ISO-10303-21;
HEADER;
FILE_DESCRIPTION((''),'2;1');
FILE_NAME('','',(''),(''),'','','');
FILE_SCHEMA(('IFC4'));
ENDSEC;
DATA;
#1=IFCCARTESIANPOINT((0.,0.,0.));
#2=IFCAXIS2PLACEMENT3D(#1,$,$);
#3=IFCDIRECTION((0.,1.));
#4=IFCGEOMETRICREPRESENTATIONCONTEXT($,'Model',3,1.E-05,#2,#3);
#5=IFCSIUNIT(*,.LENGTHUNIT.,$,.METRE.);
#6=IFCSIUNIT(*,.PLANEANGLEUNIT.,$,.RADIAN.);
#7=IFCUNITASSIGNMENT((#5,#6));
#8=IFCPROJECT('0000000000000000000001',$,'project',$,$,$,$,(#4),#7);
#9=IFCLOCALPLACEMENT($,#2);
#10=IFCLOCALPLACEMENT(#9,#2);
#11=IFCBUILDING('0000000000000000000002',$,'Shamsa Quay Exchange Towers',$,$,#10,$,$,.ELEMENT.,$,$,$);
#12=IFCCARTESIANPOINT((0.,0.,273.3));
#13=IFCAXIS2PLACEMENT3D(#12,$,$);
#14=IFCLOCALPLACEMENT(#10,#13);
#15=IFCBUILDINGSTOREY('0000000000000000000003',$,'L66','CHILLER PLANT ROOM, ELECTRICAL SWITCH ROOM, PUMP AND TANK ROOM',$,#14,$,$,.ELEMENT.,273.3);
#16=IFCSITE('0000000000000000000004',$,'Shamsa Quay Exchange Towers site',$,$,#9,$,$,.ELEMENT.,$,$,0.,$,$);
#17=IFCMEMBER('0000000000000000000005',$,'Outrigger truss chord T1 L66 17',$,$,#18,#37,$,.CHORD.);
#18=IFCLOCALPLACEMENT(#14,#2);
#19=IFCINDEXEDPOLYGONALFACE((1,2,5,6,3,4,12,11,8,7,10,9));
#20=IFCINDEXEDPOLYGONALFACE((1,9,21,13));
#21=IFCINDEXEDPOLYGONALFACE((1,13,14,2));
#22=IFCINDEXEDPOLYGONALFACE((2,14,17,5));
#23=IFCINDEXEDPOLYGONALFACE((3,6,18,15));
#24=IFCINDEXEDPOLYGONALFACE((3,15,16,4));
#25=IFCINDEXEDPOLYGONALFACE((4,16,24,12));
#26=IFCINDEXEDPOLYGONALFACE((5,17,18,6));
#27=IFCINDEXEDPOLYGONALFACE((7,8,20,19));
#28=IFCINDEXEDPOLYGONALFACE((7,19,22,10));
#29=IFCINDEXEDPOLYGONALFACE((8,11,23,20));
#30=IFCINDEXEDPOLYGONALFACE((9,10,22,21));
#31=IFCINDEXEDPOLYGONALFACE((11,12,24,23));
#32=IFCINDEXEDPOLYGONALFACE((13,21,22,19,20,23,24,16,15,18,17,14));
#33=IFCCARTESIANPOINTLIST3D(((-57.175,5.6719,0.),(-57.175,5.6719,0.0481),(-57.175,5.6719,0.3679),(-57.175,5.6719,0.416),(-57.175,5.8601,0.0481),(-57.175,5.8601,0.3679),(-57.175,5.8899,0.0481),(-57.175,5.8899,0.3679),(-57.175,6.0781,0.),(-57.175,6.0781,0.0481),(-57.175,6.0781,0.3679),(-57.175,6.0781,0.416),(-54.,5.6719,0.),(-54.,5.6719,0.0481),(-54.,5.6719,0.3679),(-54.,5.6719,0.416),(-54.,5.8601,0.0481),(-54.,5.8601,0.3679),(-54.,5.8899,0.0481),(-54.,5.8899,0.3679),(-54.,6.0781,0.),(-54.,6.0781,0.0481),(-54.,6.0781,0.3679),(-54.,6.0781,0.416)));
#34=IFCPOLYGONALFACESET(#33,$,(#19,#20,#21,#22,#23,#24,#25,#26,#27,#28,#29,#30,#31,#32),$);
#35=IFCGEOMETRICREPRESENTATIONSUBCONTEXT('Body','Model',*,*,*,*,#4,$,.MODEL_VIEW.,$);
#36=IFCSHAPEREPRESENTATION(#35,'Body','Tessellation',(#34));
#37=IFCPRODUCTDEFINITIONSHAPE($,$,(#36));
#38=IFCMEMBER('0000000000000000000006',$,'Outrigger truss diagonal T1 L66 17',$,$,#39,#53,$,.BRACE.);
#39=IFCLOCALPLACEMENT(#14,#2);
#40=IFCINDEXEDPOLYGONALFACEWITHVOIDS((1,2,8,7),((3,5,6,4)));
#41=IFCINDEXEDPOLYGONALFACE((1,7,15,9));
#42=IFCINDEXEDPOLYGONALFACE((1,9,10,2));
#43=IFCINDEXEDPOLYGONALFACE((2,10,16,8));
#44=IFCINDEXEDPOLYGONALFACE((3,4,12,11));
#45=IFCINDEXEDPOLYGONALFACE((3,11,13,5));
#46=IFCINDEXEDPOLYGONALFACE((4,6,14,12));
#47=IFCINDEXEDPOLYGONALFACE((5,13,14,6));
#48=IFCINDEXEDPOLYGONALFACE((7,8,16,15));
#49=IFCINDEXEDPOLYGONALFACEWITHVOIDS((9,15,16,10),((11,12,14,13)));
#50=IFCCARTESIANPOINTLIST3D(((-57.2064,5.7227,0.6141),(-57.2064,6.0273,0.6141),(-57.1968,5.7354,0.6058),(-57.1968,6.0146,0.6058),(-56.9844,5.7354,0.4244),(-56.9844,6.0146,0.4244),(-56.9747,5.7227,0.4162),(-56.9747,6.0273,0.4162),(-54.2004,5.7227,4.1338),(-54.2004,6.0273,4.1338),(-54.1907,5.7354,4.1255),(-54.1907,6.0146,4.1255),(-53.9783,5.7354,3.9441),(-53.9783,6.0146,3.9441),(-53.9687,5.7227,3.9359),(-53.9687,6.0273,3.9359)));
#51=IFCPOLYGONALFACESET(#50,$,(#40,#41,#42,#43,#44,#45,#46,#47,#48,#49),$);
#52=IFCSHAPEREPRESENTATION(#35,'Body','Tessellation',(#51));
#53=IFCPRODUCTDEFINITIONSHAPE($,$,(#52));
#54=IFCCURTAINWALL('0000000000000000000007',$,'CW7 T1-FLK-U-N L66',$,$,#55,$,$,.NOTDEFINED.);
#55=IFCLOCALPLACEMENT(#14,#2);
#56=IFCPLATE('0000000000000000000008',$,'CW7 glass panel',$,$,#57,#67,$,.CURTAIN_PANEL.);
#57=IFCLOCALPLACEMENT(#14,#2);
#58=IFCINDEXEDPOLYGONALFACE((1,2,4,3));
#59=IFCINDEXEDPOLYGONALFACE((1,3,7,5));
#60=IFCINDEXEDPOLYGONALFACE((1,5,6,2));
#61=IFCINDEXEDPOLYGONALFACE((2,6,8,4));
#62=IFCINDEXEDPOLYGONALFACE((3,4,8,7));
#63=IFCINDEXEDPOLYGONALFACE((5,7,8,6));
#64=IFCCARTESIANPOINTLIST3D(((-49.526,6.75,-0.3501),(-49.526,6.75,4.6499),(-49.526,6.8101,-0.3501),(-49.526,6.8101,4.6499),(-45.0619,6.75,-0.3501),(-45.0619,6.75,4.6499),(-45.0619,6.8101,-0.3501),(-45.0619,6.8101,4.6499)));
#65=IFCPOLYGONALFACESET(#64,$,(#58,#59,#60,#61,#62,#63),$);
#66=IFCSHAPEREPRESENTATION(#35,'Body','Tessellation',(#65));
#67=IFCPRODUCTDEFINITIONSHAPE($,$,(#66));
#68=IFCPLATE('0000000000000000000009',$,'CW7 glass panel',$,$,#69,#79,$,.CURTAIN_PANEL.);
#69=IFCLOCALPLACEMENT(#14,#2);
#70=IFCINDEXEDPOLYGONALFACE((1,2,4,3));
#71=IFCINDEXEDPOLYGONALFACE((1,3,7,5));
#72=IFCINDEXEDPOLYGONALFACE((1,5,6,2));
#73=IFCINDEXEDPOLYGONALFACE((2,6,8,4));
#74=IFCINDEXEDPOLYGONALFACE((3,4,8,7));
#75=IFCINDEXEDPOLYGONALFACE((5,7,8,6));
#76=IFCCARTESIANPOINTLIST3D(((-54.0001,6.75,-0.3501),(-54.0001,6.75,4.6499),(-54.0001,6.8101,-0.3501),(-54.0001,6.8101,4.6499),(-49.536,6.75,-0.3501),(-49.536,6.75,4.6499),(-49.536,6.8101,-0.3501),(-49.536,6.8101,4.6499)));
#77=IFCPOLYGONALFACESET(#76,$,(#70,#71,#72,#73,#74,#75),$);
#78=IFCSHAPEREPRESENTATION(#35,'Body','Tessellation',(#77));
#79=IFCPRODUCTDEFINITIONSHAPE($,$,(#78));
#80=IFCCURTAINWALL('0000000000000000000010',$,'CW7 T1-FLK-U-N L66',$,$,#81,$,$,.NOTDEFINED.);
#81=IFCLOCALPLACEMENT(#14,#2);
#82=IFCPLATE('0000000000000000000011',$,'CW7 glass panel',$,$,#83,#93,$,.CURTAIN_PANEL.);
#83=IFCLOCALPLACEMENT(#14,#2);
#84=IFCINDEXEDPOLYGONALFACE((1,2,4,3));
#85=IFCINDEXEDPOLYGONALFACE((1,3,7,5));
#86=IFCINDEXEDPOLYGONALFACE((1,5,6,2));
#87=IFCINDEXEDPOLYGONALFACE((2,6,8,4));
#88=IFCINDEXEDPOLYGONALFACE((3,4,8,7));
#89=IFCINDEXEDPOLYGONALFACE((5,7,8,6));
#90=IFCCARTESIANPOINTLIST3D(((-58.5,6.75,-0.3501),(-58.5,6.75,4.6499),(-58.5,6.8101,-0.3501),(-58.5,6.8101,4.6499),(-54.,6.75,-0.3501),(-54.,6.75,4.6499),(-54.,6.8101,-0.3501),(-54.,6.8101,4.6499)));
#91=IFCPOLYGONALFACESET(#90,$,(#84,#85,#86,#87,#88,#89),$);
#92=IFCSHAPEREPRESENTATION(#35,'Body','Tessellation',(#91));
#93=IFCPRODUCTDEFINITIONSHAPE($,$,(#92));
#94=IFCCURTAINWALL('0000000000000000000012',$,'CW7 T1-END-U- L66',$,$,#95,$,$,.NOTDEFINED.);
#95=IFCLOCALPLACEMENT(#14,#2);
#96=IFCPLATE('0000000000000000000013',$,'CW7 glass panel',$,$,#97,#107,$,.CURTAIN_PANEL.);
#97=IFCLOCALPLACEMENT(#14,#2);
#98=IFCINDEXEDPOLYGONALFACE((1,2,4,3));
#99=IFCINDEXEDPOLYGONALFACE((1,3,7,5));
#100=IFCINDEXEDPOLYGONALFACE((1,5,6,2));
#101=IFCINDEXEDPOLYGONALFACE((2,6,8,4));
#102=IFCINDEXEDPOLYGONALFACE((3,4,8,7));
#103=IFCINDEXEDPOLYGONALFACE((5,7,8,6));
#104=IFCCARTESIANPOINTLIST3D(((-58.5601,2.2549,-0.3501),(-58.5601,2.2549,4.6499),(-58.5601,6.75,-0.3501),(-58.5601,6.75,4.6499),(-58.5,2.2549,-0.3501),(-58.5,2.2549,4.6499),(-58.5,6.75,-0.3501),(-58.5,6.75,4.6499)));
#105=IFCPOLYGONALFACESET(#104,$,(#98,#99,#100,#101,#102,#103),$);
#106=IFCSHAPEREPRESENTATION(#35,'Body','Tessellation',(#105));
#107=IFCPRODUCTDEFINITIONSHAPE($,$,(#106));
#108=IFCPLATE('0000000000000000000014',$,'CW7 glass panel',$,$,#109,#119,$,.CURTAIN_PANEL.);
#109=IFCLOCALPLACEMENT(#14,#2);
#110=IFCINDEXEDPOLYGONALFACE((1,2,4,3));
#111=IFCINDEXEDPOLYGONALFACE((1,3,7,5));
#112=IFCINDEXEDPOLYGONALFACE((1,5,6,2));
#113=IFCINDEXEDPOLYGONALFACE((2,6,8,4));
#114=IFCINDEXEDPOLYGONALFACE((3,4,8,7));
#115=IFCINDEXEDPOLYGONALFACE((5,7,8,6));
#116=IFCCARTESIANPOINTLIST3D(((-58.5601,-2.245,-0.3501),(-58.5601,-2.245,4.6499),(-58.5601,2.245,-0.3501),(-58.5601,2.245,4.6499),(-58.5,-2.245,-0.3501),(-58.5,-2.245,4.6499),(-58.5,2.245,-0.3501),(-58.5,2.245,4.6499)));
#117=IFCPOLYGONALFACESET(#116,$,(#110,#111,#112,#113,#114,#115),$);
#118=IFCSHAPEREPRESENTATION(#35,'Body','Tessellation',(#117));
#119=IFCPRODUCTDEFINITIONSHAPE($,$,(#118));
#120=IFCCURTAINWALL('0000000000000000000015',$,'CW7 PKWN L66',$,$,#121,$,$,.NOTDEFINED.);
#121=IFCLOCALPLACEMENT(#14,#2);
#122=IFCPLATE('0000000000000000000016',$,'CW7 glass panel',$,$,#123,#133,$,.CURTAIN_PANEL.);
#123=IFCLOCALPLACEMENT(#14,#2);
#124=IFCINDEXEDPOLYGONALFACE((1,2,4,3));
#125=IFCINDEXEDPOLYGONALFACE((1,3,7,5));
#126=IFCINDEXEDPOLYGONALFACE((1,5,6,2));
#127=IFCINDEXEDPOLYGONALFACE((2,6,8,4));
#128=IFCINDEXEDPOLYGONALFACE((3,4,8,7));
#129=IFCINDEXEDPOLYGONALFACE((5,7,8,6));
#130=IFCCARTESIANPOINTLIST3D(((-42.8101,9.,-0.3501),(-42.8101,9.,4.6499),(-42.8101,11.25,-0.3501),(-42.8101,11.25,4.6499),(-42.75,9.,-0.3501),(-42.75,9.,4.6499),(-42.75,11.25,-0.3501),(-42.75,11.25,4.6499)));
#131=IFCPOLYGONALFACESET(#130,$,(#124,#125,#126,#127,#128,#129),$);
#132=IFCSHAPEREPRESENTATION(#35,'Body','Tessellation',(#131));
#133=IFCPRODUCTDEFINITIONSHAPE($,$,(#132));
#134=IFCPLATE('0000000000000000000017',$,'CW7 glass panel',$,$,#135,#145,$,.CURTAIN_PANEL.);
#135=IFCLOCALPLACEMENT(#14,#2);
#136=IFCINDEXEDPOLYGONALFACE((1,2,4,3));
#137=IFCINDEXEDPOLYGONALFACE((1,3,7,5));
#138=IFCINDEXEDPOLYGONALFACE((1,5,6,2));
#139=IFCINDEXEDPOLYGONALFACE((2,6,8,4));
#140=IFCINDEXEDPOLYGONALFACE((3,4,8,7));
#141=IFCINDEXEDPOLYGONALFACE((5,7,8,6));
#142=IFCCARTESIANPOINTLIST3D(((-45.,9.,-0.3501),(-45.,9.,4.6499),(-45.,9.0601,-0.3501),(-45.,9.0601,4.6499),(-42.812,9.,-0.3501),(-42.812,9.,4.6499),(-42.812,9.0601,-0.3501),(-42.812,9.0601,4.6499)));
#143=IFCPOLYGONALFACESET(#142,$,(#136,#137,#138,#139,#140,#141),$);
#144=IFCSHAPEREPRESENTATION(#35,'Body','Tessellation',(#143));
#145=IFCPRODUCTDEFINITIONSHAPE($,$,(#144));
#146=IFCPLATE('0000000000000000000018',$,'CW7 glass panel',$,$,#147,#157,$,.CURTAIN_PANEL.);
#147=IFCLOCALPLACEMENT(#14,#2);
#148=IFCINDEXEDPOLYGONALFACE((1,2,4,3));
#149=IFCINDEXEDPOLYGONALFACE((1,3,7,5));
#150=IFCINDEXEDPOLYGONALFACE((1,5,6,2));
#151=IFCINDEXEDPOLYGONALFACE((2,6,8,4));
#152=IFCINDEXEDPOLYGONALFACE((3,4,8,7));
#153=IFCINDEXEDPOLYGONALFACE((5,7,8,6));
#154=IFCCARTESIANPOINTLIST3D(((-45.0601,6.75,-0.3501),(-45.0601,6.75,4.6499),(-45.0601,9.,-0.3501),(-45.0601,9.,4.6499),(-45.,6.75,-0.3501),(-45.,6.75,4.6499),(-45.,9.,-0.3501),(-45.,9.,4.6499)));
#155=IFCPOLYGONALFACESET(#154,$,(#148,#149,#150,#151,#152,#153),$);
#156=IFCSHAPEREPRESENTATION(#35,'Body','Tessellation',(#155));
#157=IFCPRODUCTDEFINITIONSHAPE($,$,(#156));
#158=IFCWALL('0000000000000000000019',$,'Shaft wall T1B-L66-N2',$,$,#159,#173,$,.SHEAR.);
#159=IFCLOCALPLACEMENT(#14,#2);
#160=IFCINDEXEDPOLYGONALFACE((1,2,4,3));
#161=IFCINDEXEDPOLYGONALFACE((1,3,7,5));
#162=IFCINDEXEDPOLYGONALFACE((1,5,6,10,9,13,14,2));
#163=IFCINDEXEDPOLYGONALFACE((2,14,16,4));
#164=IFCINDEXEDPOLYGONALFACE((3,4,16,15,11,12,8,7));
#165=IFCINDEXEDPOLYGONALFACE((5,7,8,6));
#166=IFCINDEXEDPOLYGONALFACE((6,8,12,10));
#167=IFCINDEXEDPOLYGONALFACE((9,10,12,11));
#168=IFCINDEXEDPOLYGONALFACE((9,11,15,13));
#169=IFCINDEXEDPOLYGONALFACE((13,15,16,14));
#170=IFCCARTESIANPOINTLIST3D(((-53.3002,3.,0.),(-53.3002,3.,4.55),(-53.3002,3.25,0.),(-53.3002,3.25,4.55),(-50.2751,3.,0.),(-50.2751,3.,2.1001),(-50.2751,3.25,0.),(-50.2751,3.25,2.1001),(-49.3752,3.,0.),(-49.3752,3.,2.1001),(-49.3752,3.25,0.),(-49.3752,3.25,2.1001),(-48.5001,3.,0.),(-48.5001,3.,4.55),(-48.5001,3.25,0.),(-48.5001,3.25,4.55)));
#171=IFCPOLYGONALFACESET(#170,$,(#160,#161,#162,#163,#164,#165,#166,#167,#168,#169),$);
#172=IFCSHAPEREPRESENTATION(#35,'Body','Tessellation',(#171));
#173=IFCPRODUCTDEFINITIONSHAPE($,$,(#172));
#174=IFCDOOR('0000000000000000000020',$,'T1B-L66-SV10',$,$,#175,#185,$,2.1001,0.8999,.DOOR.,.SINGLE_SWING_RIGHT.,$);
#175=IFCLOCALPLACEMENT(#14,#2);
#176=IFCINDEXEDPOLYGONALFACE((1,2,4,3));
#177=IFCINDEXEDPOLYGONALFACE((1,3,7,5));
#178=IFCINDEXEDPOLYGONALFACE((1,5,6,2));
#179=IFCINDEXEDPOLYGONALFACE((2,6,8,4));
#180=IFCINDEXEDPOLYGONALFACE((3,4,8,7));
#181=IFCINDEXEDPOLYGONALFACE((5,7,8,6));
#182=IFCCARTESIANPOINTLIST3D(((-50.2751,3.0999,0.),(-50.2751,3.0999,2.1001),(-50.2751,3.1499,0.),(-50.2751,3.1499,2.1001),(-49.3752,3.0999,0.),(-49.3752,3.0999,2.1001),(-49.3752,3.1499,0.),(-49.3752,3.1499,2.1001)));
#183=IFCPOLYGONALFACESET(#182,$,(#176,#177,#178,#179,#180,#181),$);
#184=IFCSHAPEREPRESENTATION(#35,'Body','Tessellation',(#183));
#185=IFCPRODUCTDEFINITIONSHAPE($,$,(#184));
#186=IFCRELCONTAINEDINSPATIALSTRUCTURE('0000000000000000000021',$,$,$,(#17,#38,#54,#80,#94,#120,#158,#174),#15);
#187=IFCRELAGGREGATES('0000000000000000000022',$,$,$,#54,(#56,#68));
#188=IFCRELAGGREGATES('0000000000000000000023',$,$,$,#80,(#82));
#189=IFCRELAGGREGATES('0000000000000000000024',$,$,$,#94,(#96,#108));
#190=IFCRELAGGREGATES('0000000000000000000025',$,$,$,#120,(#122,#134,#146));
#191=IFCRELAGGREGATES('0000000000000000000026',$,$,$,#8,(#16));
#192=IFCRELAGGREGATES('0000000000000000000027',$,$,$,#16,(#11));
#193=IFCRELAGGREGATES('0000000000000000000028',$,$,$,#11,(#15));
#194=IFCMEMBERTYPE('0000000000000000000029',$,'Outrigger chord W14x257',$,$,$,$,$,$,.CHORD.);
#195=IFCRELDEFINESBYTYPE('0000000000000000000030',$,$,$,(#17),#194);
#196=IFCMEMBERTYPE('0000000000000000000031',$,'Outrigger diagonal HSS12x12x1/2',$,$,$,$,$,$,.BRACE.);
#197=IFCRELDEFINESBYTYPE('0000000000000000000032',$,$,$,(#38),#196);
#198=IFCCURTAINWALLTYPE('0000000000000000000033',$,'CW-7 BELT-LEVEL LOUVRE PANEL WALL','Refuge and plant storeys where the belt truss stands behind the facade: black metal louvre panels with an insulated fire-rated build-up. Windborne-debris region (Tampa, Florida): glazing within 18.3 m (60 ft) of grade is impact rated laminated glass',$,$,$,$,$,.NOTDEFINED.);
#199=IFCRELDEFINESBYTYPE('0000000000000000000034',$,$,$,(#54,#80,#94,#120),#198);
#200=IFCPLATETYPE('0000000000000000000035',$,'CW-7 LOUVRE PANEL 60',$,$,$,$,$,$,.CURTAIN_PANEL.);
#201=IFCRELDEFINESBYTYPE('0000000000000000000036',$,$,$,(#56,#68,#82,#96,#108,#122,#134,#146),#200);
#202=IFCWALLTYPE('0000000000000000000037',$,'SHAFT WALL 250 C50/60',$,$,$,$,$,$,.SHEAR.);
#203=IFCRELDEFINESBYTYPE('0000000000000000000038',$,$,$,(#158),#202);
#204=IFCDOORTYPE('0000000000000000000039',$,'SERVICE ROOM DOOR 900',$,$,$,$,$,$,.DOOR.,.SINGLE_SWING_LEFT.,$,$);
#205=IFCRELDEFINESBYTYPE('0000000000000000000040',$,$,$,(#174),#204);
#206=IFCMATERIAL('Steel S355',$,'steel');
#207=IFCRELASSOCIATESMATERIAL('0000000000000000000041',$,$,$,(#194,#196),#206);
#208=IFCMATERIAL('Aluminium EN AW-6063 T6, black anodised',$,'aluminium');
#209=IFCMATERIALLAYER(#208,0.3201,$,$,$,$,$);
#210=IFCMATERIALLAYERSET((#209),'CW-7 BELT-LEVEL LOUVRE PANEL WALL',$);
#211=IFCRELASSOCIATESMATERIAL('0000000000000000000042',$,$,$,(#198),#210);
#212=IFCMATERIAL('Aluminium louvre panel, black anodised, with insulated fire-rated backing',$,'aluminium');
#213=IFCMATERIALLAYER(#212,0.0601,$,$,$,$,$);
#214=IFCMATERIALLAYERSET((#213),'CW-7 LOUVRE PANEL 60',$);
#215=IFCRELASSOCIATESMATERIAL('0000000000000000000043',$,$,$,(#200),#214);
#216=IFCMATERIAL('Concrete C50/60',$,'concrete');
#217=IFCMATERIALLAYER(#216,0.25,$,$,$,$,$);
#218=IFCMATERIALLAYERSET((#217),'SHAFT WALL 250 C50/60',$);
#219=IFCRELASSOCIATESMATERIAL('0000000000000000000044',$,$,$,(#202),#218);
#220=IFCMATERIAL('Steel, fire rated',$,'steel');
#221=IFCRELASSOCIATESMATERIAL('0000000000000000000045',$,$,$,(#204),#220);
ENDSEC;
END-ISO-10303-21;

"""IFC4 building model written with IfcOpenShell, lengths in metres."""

from ifc_helpers import new_model, si_unit, direction, frame, frame_2d, origin, origin_2d, place, context, subcontext, project, spatial, rectangle, hollow_rectangle, i_section, extrude, material, layer, layer_set, material_profile, profile_set, type_object, element, fill, aggregate, save


model = new_model("IFC4")

# Units and contexts
model_context = context("Model", 3, precision=1e-05, world=origin(), true_north=direction((0.0, 1.0)))
body_context = subcontext(model_context, "Body", "Model", "MODEL_VIEW")
ifc_project = project(units=[si_unit("LENGTHUNIT", "METRE"), si_unit("PLANEANGLEUNIT", "RADIAN")], contexts=[model_context])

# Site, building, storey
site_placement = place(None, origin())
site = spatial("IfcSite", under=ifc_project, at=site_placement, Name="Shamsa Quay Exchange Towers site", CompositionType="ELEMENT", RefElevation=0.0)
building_placement = place(site_placement, origin())
building = spatial("IfcBuilding", under=site, at=building_placement, Name="Shamsa Quay Exchange Towers", CompositionType="ELEMENT")
storey_placement = place(building_placement, frame((0.0, 0.0, 273.3)))
storey = spatial("IfcBuildingStorey", under=building, at=storey_placement, Name="L66", Description="CHILLER PLANT ROOM, ELECTRICAL SWITCH ROOM, PUMP AND TANK ROOM", CompositionType="ELEMENT", Elevation=273.3)

# Shared definitions
ifc_material_1 = material(Name="Steel S355", Category="steel")

# Members
ifc_material_profile_1 = material_profile(ifc_material_1, i_section(OverallWidth=0.4062, OverallDepth=0.416, WebThickness=0.0298, FlangeThickness=0.0481, at=origin_2d()), Name="W14x257")
ifc_profile_set_1 = profile_set([ifc_material_profile_1], Name="Steel S355")
member_type_1 = type_object("IfcMemberType", Name="Outrigger chord W14x257", PredefinedType="CHORD", material=ifc_profile_set_1)
for number, where, z_axis, x_axis, name in (
    (1, (-57.175, 5.875, 0.208), (1.0, 0.0, 0.0), (0.0, 1.0, 0.0), "Outrigger truss chord T1 L66 17"),
):
    element("IfcMember", number, at=place(storey_placement, frame(where, z_axis=z_axis, x_axis=x_axis)), inside=storey, type_object=member_type_1, Name=name, PredefinedType="CHORD", context=body_context, shape_type="SweptSolid", body=[
        extrude(i_section(OverallWidth=0.4062, OverallDepth=0.416, WebThickness=0.0298, FlangeThickness=0.0481, at=origin_2d()), origin(), (0.0, 0.0, 1.0), 3.175),
    ])
ifc_material_profile_2 = material_profile(ifc_material_1, hollow_rectangle(XDim=0.3047, YDim=0.3047, WallThickness=0.0127, at=origin_2d()), Name="HSS12x12x1/2")
ifc_profile_set_2 = profile_set([ifc_material_profile_2], Name="Steel S355")
member_type_2 = type_object("IfcMemberType", Name="Outrigger diagonal HSS12x12x1/2", PredefinedType="BRACE", material=ifc_profile_set_2)
member_placement = place(storey_placement, frame((-57.0906, 5.875, 0.5151), z_axis=(0.649439, 0.0, 0.760413), x_axis=(0.0, 1.0, 0.0)))
element("IfcMember", 2, at=member_placement, inside=storey, type_object=member_type_2, Name="Outrigger truss diagonal T1 L66 17", PredefinedType="BRACE", context=body_context, shape_type="SweptSolid", body=[
    extrude(hollow_rectangle(XDim=0.3047, YDim=0.3047, WallThickness=0.0127, at=origin_2d()), origin(), (0.0, 0.0, 1.0), 4.6287),
])

# Curtain wall, plates
ifc_material_2 = material(Name="Aluminium EN AW-6063 T6, black anodised", Category="aluminium")
ifc_layer_1 = layer(ifc_material_2, 0.3201)
ifc_layer_set_1 = layer_set([ifc_layer_1], Name="CW-7 BELT-LEVEL LOUVRE PANEL WALL")
curtain_wall_type = type_object("IfcCurtainWallType", Name="CW-7 BELT-LEVEL LOUVRE PANEL WALL", Description="Refuge and plant storeys where the belt truss stands behind the facade: black metal louvre panels with an insulated fire-rated build-up. Windborne-debris region (Tampa, Florida): glazing within 18.3 m (60 ft) of grade is impact rated laminated glass", PredefinedType="NOTDEFINED", material=ifc_layer_set_1)
curtain_wall_1_placement = place(storey_placement, origin())
curtain_wall_1 = element("IfcCurtainWall", 3, at=curtain_wall_1_placement, inside=storey, type_object=curtain_wall_type, Name="CW7 T1-FLK-U-N L66", PredefinedType="NOTDEFINED")
ifc_material_3 = material(Name="Aluminium louvre panel, black anodised, with insulated fire-rated backing", Category="aluminium")
ifc_layer_2 = layer(ifc_material_3, 0.0601)
ifc_layer_set_2 = layer_set([ifc_layer_2], Name="CW-7 LOUVRE PANEL 60")
plate_type = type_object("IfcPlateType", Name="CW-7 LOUVRE PANEL 60", PredefinedType="CURTAIN_PANEL", material=ifc_layer_set_2)
plate_1_placement = place(storey_placement, frame((-47.2939, 6.78, -0.3501), z_axis=(0.0, 0.0, 1.0), x_axis=(-1.0, 0.0, 0.0)))
plate_1 = element("IfcPlate", 4, at=plate_1_placement, type_object=plate_type, Name="CW7 glass panel", PredefinedType="CURTAIN_PANEL", context=body_context, shape_type="SweptSolid", body=[
    extrude(rectangle(XDim=4.4641, YDim=0.0601, at=origin_2d()), origin(), (0.0, 0.0, 1.0), 5.0),
])
plate_2_placement = place(storey_placement, frame((-51.7681, 6.78, -0.3501), z_axis=(0.0, 0.0, 1.0), x_axis=(-1.0, 0.0, 0.0)))
plate_2 = element("IfcPlate", 5, at=plate_2_placement, type_object=plate_type, Name="CW7 glass panel", PredefinedType="CURTAIN_PANEL", context=body_context, shape_type="SweptSolid", body=[
    extrude(rectangle(XDim=4.4641, YDim=0.0601, at=origin_2d()), origin(), (0.0, 0.0, 1.0), 5.0),
])
aggregate(curtain_wall_1, [plate_1, plate_2])

# Curtain wall, plate
curtain_wall_2_placement = place(storey_placement, origin())
curtain_wall_2 = element("IfcCurtainWall", 6, at=curtain_wall_2_placement, inside=storey, type_object=curtain_wall_type, Name="CW7 T1-FLK-U-N L66", PredefinedType="NOTDEFINED")
plate_3_placement = place(storey_placement, frame((-56.25, 6.78, -0.3501), z_axis=(0.0, 0.0, 1.0), x_axis=(-1.0, 0.0, 0.0)))
plate_3 = element("IfcPlate", 7, at=plate_3_placement, type_object=plate_type, Name="CW7 glass panel", PredefinedType="CURTAIN_PANEL", context=body_context, shape_type="SweptSolid", body=[
    extrude(rectangle(XDim=4.5, YDim=0.0601, at=origin_2d()), origin(), (0.0, 0.0, 1.0), 5.0),
])
aggregate(curtain_wall_2, [plate_3])

# Curtain walls, plates
curtain_wall_3_placement = place(storey_placement, origin())
curtain_wall_3 = element("IfcCurtainWall", 8, at=curtain_wall_3_placement, inside=storey, type_object=curtain_wall_type, Name="CW7 T1-END-U- L66", PredefinedType="NOTDEFINED")
plate_4_placement = place(storey_placement, frame((-58.53, 4.5024, -0.3501), z_axis=(0.0, 0.0, 1.0), x_axis=(0.0, -1.0, 0.0)))
plate_4 = element("IfcPlate", 9, at=plate_4_placement, type_object=plate_type, Name="CW7 glass panel", PredefinedType="CURTAIN_PANEL", context=body_context, shape_type="SweptSolid", body=[
    extrude(rectangle(XDim=4.4951, YDim=0.0601, at=origin_2d()), origin(), (0.0, 0.0, 1.0), 5.0),
])
plate_5_placement = place(storey_placement, frame((-58.53, 0.0, -0.3501), z_axis=(0.0, 0.0, 1.0), x_axis=(0.0, -1.0, 0.0)))
plate_5 = element("IfcPlate", 10, at=plate_5_placement, type_object=plate_type, Name="CW7 glass panel", PredefinedType="CURTAIN_PANEL", context=body_context, shape_type="SweptSolid", body=[
    extrude(rectangle(XDim=4.49, YDim=0.0601, at=origin_2d()), origin(), (0.0, 0.0, 1.0), 5.0),
])
aggregate(curtain_wall_3, [plate_4, plate_5])
curtain_wall_4_placement = place(storey_placement, origin())
curtain_wall_4 = element("IfcCurtainWall", 11, at=curtain_wall_4_placement, inside=storey, type_object=curtain_wall_type, Name="CW7 PKWN L66", PredefinedType="NOTDEFINED")
plate_6_placement = place(storey_placement, frame((-42.78, 10.125, -0.3501), z_axis=(0.0, 0.0, 1.0), x_axis=(0.0, -1.0, 0.0)))
plate_6 = element("IfcPlate", 12, at=plate_6_placement, type_object=plate_type, Name="CW7 glass panel", PredefinedType="CURTAIN_PANEL", context=body_context, shape_type="SweptSolid", body=[
    extrude(rectangle(XDim=2.25, YDim=0.0601, at=origin_2d()), origin(), (0.0, 0.0, 1.0), 5.0),
])
plate_7_placement = place(storey_placement, frame((-43.906, 9.03, -0.3501), z_axis=(0.0, 0.0, 1.0), x_axis=(-1.0, 0.0, 0.0)))
plate_7 = element("IfcPlate", 13, at=plate_7_placement, type_object=plate_type, Name="CW7 glass panel", PredefinedType="CURTAIN_PANEL", context=body_context, shape_type="SweptSolid", body=[
    extrude(rectangle(XDim=2.188, YDim=0.0601, at=origin_2d()), origin(), (0.0, 0.0, 1.0), 5.0),
])
plate_8_placement = place(storey_placement, frame((-45.03, 7.875, -0.3501), z_axis=(0.0, 0.0, 1.0), x_axis=(0.0, -1.0, 0.0)))
plate_8 = element("IfcPlate", 14, at=plate_8_placement, type_object=plate_type, Name="CW7 glass panel", PredefinedType="CURTAIN_PANEL", context=body_context, shape_type="SweptSolid", body=[
    extrude(rectangle(XDim=2.25, YDim=0.0601, at=origin_2d()), origin(), (0.0, 0.0, 1.0), 5.0),
])
aggregate(curtain_wall_4, [plate_6, plate_7, plate_8])

# Wall, opening, door
ifc_material_4 = material(Name="Concrete C50/60", Category="concrete")
ifc_layer_3 = layer(ifc_material_4, 0.25)
ifc_layer_set_3 = layer_set([ifc_layer_3], Name="SHAFT WALL 250 C50/60")
wall_type_1 = type_object("IfcWallType", Name="SHAFT WALL 250 C50/60", PredefinedType="SHEAR", material=ifc_layer_set_3)
wall_1_placement = place(storey_placement, frame((-53.3, 3.125, 0.0)))
wall_1 = element("IfcWall", 15, at=wall_1_placement, inside=storey, type_object=wall_type_1, Name="Shaft wall T1B-L66-N2", PredefinedType="SHEAR", context=body_context, shape_type="SweptSolid", body=[
    extrude(rectangle(XDim=4.8, YDim=0.25, at=frame_2d((2.3999, 0.0))), origin(), (0.0, 0.0, 1.0), 4.55),
])
opening_1_placement = place(wall_1_placement, frame((3.0249, 0.0, 0.0)))
opening_1 = element("IfcOpeningElement", 16, at=opening_1_placement, cuts=wall_1, PredefinedType="OPENING", context=body_context, shape_type="SweptSolid", body=[
    extrude(rectangle(XDim=0.8999, YDim=2.1001, at=frame_2d((0.45, 1.05))), frame((0.0, 0.135, 0.0), z_axis=(0.0, -1.0, 0.0), x_axis=(1.0, 0.0, 0.0)), (0.0, 0.0, 1.0), 0.27),
])
ifc_material_5 = material(Name="Steel, fire rated", Category="steel")
door_type_1 = type_object("IfcDoorType", Name="SERVICE ROOM DOOR 900", OperationType="SINGLE_SWING_LEFT", PredefinedType="DOOR", material=ifc_material_5)
door_1_placement = place(opening_1_placement, origin())
door_1 = element("IfcDoor", 17, at=door_1_placement, inside=storey, type_object=door_type_1, Name="T1B-L66-SV10", OperationType="SINGLE_SWING_RIGHT", OverallHeight=2.1001, OverallWidth=0.8999, PredefinedType="DOOR", context=body_context, shape_type="SweptSolid", body=[
    extrude(rectangle(XDim=0.8999, YDim=2.1001, at=frame_2d((0.45, 1.05))), frame((0.0, 0.0249, 0.0), z_axis=(0.0, -1.0, 0.0), x_axis=(1.0, 0.0, 0.0)), (0.0, 0.0, 1.0), 0.05),
])
fill(opening_1, door_1)

save(model, "model.ifc")
